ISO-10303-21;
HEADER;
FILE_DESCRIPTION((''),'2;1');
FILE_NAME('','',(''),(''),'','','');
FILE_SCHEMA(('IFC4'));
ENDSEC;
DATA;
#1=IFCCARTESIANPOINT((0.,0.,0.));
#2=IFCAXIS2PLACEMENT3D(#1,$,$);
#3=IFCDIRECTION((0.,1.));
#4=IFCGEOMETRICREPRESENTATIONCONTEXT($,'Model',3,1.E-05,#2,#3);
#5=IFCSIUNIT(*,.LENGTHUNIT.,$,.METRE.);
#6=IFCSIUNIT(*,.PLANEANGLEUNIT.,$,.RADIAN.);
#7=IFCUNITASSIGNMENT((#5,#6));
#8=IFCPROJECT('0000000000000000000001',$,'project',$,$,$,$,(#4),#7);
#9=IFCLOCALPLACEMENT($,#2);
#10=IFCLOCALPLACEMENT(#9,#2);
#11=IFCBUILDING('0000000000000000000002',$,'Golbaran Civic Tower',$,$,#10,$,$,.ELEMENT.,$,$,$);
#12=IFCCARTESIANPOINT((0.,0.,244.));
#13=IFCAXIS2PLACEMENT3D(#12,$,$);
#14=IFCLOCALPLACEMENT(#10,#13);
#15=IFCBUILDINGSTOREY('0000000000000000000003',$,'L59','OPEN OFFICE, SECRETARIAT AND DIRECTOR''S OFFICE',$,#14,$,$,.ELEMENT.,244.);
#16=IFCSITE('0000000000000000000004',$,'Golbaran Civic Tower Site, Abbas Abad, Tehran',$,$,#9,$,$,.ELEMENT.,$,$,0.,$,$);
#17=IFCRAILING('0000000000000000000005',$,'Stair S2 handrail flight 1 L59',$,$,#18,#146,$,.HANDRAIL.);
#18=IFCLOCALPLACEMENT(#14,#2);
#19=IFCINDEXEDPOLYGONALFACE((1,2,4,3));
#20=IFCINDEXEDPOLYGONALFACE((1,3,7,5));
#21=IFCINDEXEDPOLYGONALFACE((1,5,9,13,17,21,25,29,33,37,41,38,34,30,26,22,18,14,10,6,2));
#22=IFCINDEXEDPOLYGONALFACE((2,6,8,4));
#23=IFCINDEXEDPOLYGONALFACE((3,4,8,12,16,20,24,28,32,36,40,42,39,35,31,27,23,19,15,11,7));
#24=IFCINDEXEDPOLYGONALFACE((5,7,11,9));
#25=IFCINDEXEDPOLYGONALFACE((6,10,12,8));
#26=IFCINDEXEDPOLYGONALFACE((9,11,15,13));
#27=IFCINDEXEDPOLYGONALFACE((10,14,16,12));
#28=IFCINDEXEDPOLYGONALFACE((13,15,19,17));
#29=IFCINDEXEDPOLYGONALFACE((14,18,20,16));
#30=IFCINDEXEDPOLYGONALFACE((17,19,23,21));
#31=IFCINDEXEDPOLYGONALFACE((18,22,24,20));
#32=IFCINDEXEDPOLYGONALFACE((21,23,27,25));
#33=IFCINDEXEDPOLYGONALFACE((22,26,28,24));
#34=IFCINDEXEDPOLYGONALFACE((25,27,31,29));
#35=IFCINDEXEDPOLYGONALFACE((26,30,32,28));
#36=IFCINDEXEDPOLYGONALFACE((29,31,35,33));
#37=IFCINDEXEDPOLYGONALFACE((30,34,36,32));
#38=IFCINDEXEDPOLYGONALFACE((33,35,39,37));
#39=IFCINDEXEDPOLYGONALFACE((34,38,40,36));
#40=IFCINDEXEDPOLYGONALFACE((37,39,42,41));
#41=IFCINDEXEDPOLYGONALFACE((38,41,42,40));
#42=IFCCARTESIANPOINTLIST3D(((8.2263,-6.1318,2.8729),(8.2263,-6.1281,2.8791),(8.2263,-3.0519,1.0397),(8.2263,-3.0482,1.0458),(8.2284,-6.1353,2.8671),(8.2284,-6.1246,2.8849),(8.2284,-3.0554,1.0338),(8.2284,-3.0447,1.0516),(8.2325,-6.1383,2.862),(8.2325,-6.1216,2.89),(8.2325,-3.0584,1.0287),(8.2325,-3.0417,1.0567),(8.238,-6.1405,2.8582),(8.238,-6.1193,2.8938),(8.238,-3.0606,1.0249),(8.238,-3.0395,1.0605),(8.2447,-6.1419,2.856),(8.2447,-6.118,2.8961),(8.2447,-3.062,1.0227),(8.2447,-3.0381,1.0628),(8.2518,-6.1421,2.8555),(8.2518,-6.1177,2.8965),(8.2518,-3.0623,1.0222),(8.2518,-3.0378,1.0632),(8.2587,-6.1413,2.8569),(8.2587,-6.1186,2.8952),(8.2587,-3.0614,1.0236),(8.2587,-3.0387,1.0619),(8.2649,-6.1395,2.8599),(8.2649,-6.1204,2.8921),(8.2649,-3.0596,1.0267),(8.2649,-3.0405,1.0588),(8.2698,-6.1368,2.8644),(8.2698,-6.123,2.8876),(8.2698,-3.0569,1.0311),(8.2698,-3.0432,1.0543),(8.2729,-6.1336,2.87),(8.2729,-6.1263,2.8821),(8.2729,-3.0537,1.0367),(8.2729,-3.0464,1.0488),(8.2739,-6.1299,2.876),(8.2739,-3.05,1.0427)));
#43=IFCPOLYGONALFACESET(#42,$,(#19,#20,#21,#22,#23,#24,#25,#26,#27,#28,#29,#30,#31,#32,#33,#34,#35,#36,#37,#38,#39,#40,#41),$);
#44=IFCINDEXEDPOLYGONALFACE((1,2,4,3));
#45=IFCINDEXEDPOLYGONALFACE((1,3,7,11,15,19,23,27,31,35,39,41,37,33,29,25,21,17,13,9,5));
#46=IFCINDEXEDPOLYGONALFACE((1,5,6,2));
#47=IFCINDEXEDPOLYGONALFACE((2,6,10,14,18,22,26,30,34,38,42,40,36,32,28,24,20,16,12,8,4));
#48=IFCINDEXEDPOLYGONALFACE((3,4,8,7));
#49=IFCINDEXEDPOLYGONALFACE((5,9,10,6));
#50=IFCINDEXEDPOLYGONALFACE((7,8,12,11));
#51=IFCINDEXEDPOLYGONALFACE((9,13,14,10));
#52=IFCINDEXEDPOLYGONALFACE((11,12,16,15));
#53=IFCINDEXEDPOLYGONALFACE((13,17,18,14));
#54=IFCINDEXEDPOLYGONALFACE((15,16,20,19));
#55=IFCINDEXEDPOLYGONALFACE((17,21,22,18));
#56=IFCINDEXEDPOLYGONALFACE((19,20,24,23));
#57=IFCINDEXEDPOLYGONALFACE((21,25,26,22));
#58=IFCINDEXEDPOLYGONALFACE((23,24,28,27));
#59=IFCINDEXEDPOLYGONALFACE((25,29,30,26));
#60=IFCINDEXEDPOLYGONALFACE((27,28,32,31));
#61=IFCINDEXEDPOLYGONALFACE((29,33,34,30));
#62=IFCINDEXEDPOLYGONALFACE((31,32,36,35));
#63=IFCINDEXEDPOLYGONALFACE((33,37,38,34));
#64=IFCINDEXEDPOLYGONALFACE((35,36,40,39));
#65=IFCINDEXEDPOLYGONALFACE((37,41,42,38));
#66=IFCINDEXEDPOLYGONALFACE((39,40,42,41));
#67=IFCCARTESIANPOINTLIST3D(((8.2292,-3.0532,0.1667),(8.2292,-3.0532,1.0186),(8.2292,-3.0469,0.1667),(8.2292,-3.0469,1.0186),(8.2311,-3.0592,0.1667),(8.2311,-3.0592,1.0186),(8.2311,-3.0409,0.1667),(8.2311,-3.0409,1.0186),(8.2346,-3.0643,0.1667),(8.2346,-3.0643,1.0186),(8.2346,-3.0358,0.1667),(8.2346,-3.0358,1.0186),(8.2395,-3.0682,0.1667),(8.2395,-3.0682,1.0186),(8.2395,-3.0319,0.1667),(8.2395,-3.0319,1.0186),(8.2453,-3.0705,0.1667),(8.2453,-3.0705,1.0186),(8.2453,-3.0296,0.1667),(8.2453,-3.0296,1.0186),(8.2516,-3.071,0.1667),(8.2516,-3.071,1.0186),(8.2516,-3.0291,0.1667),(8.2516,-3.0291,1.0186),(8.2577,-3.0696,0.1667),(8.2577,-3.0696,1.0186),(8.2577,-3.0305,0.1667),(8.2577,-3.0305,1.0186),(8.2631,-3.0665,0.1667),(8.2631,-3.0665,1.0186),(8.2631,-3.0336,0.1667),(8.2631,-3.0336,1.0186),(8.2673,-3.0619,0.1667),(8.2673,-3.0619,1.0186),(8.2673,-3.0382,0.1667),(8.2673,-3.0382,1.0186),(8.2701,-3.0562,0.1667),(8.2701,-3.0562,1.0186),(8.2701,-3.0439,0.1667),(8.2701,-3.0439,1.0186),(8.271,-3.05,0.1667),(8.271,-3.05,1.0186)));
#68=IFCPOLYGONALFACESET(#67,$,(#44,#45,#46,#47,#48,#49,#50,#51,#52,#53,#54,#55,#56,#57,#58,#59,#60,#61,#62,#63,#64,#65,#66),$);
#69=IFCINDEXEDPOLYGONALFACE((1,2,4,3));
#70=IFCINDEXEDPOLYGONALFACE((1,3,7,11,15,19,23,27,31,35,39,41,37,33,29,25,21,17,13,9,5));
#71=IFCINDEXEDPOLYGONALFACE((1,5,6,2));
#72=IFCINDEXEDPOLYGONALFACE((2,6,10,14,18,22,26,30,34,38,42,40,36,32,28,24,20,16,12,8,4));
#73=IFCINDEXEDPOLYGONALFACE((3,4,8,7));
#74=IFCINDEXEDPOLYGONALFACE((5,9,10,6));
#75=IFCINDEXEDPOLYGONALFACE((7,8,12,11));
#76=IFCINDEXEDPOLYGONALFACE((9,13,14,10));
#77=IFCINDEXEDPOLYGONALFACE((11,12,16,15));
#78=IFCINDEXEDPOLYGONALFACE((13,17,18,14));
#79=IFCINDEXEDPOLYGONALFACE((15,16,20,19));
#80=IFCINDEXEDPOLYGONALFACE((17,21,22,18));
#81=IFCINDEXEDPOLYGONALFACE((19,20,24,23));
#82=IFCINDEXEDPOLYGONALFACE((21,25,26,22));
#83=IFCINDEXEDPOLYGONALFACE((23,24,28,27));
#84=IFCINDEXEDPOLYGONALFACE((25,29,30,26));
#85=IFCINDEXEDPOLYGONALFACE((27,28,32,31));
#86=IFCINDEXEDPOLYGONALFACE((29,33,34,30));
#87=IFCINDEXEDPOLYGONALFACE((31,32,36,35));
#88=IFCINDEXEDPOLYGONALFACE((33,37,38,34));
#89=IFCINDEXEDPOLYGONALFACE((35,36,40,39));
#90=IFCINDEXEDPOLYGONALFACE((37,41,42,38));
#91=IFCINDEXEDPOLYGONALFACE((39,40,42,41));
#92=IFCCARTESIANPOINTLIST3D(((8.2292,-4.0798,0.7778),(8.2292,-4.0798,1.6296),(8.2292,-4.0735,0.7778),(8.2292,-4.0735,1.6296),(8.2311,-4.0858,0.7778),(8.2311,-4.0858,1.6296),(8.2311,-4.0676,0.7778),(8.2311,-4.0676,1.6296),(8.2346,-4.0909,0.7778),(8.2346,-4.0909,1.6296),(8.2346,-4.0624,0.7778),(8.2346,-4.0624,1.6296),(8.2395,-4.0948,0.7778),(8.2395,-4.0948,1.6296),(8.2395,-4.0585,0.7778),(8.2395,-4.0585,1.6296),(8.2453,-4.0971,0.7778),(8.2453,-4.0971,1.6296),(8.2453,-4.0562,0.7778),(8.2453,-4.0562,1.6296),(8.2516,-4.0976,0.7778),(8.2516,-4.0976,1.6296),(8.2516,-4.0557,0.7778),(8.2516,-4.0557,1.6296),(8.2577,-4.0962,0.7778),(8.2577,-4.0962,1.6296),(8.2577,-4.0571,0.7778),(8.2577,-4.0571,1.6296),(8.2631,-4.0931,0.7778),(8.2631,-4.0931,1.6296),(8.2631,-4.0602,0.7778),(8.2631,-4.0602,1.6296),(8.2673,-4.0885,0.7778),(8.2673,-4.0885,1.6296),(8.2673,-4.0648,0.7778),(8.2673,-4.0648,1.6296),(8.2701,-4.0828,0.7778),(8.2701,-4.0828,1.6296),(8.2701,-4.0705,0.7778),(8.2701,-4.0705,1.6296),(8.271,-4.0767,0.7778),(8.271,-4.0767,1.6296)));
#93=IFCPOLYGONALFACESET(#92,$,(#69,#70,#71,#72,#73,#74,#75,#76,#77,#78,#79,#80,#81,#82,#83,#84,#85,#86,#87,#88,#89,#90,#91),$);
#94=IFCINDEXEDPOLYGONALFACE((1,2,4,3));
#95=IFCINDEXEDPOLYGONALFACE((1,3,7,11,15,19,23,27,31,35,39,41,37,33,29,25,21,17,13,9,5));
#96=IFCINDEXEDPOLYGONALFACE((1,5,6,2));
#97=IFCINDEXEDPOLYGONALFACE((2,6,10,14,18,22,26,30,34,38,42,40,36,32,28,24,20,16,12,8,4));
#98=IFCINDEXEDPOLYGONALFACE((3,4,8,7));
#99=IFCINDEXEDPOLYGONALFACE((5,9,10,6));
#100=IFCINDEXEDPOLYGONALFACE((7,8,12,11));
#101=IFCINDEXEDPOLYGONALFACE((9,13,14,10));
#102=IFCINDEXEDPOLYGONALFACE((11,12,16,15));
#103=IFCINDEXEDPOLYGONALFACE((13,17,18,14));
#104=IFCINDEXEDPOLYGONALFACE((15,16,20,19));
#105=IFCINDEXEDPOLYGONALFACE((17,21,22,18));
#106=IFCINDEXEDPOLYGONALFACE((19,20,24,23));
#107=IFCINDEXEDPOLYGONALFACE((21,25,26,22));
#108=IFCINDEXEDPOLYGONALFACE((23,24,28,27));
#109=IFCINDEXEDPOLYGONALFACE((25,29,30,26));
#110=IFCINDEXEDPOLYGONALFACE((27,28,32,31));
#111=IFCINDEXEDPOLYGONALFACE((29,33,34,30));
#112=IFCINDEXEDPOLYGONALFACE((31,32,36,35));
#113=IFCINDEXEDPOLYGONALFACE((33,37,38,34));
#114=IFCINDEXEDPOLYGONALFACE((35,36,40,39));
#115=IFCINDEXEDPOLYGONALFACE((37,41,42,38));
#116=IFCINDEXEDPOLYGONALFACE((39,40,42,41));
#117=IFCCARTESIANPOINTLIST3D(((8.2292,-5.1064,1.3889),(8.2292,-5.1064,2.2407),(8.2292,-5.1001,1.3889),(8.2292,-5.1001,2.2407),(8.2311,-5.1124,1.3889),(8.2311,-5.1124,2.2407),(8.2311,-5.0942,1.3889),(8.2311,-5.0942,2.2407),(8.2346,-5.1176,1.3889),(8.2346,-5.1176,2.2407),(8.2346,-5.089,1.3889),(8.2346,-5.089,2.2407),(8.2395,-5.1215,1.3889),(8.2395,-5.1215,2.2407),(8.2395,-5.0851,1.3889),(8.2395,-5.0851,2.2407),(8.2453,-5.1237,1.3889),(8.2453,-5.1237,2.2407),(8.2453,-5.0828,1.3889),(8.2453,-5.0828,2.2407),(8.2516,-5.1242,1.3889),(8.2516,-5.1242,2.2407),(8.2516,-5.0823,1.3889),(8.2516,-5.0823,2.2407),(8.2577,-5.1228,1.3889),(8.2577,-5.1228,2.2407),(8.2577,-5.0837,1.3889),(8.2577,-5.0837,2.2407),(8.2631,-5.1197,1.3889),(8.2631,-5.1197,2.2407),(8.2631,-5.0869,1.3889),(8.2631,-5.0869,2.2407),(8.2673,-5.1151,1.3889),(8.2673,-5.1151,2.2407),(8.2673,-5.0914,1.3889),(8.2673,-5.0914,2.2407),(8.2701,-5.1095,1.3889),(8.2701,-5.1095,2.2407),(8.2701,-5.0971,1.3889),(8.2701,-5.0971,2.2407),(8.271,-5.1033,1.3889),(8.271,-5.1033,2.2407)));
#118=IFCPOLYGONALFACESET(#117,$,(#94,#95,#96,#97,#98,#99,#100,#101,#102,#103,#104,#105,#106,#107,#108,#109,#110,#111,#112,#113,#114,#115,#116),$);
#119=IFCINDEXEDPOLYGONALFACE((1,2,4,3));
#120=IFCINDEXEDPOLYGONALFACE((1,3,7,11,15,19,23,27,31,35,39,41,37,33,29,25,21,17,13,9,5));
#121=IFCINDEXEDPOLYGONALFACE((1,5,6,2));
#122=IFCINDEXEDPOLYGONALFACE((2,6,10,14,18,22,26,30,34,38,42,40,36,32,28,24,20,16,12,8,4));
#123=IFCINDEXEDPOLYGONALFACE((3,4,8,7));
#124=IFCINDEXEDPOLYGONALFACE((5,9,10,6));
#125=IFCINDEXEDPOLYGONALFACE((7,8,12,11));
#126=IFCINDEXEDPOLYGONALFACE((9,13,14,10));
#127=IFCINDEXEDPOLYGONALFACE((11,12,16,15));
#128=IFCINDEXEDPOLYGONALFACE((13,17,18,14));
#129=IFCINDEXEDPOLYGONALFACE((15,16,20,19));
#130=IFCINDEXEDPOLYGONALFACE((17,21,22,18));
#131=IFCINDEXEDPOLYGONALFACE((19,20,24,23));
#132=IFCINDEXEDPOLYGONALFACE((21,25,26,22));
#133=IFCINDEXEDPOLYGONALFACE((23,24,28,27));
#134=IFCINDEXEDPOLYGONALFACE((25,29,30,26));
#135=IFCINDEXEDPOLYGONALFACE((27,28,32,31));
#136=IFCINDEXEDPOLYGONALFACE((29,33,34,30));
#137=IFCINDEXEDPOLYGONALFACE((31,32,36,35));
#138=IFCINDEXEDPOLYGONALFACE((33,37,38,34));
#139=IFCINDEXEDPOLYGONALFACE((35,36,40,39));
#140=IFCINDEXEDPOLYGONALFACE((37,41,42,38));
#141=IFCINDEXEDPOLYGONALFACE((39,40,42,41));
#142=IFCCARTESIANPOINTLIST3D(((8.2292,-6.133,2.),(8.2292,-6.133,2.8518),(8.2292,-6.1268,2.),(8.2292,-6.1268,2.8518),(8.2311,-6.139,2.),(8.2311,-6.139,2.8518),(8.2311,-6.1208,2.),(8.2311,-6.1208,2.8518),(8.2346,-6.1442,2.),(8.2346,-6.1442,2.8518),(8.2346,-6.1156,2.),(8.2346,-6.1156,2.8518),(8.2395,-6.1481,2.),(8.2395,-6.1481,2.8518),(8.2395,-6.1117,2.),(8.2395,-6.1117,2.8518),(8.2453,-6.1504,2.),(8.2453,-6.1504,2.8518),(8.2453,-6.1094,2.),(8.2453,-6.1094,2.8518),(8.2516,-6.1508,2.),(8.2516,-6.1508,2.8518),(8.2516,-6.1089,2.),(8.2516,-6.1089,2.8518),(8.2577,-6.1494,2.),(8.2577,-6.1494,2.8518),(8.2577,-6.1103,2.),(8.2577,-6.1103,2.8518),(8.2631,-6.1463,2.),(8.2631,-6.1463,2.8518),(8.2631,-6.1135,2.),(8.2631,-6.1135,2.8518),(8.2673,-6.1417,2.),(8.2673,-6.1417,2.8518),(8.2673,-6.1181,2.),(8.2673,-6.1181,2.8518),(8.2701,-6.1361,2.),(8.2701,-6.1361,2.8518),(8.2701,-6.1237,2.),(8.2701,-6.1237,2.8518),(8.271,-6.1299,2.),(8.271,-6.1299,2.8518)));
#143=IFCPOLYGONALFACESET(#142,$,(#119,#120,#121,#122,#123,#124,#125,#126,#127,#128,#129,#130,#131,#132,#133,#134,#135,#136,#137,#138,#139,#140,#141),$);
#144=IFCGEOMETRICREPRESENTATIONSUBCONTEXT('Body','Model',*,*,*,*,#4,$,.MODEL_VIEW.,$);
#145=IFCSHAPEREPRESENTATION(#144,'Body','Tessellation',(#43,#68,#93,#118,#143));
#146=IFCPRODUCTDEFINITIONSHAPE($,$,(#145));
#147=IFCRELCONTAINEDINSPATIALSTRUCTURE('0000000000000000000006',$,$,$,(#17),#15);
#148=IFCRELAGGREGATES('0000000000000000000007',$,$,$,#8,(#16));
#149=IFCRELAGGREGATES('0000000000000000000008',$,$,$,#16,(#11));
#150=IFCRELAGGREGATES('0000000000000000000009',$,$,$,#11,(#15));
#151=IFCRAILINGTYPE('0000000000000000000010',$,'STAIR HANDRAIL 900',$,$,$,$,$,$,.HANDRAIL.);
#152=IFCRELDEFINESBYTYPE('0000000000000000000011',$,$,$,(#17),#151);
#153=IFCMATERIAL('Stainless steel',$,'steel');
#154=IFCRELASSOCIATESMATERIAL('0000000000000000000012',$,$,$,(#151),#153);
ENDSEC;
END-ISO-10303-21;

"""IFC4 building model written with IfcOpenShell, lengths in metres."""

from ifc_helpers import new_model, si_unit, direction, frame, origin, origin_2d, place, context, subcontext, project, spatial, circle, extrude, material, type_object, element, save


model = new_model("IFC4")

# Units and contexts
model_context = context("Model", 3, precision=1e-05, world=origin(), true_north=direction((0.0, 1.0)))
body_context = subcontext(model_context, "Body", "Model", "MODEL_VIEW")
ifc_project = project(units=[si_unit("LENGTHUNIT", "METRE"), si_unit("PLANEANGLEUNIT", "RADIAN")], contexts=[model_context])

# Site, building, storey
site_placement = place(None, origin())
site = spatial("IfcSite", under=ifc_project, at=site_placement, Name="Golbaran Civic Tower Site, Abbas Abad, Tehran", CompositionType="ELEMENT", RefElevation=0.0)
building_placement = place(site_placement, origin())
building = spatial("IfcBuilding", under=site, at=building_placement, Name="Golbaran Civic Tower", CompositionType="ELEMENT")
storey_placement = place(building_placement, frame((0.0, 0.0, 244.0)))
storey = spatial("IfcBuildingStorey", under=building, at=storey_placement, Name="L59", Description="OPEN OFFICE, SECRETARIAT AND DIRECTOR'S OFFICE", CompositionType="ELEMENT", Elevation=244.0)

# Shared definitions
ifc_material_1 = material(Name="Stainless steel", Category="steel")

# Railing
railing_type = type_object("IfcRailingType", Name="STAIR HANDRAIL 900", PredefinedType="HANDRAIL", material=ifc_material_1)
railing_1_placement = place(storey_placement, frame((8.25, -3.05, 0.1667)))
element("IfcRailing", 1, at=railing_1_placement, inside=storey, type_object=railing_type, Name="Stair S2 handrail flight 1 L59", PredefinedType="HANDRAIL", context=body_context, shape_type="SweptSolid", body=[
    extrude(circle(Radius=0.0239, at=origin_2d()), frame((0.0, 0.0, 0.876), z_axis=(0.0, -0.859291, 0.511487), x_axis=(1.0, 0.0, 0.0)), (0.0, 0.0, 1.0), 3.5842),
    extrude(circle(Radius=0.021, at=origin_2d()), origin(), (0.0, 0.0, 1.0), 0.8518),
    extrude(circle(Radius=0.021, at=origin_2d()), frame((0.0, -1.0266, 0.6111)), (0.0, 0.0, 1.0), 0.8518),
    extrude(circle(Radius=0.021, at=origin_2d()), frame((0.0, -2.0532, 1.2222)), (0.0, 0.0, 1.0), 0.8518),
    extrude(circle(Radius=0.021, at=origin_2d()), frame((0.0, -3.0798, 1.8333)), (0.0, 0.0, 1.0), 0.8518),
])

save(model, "model.ifc")
